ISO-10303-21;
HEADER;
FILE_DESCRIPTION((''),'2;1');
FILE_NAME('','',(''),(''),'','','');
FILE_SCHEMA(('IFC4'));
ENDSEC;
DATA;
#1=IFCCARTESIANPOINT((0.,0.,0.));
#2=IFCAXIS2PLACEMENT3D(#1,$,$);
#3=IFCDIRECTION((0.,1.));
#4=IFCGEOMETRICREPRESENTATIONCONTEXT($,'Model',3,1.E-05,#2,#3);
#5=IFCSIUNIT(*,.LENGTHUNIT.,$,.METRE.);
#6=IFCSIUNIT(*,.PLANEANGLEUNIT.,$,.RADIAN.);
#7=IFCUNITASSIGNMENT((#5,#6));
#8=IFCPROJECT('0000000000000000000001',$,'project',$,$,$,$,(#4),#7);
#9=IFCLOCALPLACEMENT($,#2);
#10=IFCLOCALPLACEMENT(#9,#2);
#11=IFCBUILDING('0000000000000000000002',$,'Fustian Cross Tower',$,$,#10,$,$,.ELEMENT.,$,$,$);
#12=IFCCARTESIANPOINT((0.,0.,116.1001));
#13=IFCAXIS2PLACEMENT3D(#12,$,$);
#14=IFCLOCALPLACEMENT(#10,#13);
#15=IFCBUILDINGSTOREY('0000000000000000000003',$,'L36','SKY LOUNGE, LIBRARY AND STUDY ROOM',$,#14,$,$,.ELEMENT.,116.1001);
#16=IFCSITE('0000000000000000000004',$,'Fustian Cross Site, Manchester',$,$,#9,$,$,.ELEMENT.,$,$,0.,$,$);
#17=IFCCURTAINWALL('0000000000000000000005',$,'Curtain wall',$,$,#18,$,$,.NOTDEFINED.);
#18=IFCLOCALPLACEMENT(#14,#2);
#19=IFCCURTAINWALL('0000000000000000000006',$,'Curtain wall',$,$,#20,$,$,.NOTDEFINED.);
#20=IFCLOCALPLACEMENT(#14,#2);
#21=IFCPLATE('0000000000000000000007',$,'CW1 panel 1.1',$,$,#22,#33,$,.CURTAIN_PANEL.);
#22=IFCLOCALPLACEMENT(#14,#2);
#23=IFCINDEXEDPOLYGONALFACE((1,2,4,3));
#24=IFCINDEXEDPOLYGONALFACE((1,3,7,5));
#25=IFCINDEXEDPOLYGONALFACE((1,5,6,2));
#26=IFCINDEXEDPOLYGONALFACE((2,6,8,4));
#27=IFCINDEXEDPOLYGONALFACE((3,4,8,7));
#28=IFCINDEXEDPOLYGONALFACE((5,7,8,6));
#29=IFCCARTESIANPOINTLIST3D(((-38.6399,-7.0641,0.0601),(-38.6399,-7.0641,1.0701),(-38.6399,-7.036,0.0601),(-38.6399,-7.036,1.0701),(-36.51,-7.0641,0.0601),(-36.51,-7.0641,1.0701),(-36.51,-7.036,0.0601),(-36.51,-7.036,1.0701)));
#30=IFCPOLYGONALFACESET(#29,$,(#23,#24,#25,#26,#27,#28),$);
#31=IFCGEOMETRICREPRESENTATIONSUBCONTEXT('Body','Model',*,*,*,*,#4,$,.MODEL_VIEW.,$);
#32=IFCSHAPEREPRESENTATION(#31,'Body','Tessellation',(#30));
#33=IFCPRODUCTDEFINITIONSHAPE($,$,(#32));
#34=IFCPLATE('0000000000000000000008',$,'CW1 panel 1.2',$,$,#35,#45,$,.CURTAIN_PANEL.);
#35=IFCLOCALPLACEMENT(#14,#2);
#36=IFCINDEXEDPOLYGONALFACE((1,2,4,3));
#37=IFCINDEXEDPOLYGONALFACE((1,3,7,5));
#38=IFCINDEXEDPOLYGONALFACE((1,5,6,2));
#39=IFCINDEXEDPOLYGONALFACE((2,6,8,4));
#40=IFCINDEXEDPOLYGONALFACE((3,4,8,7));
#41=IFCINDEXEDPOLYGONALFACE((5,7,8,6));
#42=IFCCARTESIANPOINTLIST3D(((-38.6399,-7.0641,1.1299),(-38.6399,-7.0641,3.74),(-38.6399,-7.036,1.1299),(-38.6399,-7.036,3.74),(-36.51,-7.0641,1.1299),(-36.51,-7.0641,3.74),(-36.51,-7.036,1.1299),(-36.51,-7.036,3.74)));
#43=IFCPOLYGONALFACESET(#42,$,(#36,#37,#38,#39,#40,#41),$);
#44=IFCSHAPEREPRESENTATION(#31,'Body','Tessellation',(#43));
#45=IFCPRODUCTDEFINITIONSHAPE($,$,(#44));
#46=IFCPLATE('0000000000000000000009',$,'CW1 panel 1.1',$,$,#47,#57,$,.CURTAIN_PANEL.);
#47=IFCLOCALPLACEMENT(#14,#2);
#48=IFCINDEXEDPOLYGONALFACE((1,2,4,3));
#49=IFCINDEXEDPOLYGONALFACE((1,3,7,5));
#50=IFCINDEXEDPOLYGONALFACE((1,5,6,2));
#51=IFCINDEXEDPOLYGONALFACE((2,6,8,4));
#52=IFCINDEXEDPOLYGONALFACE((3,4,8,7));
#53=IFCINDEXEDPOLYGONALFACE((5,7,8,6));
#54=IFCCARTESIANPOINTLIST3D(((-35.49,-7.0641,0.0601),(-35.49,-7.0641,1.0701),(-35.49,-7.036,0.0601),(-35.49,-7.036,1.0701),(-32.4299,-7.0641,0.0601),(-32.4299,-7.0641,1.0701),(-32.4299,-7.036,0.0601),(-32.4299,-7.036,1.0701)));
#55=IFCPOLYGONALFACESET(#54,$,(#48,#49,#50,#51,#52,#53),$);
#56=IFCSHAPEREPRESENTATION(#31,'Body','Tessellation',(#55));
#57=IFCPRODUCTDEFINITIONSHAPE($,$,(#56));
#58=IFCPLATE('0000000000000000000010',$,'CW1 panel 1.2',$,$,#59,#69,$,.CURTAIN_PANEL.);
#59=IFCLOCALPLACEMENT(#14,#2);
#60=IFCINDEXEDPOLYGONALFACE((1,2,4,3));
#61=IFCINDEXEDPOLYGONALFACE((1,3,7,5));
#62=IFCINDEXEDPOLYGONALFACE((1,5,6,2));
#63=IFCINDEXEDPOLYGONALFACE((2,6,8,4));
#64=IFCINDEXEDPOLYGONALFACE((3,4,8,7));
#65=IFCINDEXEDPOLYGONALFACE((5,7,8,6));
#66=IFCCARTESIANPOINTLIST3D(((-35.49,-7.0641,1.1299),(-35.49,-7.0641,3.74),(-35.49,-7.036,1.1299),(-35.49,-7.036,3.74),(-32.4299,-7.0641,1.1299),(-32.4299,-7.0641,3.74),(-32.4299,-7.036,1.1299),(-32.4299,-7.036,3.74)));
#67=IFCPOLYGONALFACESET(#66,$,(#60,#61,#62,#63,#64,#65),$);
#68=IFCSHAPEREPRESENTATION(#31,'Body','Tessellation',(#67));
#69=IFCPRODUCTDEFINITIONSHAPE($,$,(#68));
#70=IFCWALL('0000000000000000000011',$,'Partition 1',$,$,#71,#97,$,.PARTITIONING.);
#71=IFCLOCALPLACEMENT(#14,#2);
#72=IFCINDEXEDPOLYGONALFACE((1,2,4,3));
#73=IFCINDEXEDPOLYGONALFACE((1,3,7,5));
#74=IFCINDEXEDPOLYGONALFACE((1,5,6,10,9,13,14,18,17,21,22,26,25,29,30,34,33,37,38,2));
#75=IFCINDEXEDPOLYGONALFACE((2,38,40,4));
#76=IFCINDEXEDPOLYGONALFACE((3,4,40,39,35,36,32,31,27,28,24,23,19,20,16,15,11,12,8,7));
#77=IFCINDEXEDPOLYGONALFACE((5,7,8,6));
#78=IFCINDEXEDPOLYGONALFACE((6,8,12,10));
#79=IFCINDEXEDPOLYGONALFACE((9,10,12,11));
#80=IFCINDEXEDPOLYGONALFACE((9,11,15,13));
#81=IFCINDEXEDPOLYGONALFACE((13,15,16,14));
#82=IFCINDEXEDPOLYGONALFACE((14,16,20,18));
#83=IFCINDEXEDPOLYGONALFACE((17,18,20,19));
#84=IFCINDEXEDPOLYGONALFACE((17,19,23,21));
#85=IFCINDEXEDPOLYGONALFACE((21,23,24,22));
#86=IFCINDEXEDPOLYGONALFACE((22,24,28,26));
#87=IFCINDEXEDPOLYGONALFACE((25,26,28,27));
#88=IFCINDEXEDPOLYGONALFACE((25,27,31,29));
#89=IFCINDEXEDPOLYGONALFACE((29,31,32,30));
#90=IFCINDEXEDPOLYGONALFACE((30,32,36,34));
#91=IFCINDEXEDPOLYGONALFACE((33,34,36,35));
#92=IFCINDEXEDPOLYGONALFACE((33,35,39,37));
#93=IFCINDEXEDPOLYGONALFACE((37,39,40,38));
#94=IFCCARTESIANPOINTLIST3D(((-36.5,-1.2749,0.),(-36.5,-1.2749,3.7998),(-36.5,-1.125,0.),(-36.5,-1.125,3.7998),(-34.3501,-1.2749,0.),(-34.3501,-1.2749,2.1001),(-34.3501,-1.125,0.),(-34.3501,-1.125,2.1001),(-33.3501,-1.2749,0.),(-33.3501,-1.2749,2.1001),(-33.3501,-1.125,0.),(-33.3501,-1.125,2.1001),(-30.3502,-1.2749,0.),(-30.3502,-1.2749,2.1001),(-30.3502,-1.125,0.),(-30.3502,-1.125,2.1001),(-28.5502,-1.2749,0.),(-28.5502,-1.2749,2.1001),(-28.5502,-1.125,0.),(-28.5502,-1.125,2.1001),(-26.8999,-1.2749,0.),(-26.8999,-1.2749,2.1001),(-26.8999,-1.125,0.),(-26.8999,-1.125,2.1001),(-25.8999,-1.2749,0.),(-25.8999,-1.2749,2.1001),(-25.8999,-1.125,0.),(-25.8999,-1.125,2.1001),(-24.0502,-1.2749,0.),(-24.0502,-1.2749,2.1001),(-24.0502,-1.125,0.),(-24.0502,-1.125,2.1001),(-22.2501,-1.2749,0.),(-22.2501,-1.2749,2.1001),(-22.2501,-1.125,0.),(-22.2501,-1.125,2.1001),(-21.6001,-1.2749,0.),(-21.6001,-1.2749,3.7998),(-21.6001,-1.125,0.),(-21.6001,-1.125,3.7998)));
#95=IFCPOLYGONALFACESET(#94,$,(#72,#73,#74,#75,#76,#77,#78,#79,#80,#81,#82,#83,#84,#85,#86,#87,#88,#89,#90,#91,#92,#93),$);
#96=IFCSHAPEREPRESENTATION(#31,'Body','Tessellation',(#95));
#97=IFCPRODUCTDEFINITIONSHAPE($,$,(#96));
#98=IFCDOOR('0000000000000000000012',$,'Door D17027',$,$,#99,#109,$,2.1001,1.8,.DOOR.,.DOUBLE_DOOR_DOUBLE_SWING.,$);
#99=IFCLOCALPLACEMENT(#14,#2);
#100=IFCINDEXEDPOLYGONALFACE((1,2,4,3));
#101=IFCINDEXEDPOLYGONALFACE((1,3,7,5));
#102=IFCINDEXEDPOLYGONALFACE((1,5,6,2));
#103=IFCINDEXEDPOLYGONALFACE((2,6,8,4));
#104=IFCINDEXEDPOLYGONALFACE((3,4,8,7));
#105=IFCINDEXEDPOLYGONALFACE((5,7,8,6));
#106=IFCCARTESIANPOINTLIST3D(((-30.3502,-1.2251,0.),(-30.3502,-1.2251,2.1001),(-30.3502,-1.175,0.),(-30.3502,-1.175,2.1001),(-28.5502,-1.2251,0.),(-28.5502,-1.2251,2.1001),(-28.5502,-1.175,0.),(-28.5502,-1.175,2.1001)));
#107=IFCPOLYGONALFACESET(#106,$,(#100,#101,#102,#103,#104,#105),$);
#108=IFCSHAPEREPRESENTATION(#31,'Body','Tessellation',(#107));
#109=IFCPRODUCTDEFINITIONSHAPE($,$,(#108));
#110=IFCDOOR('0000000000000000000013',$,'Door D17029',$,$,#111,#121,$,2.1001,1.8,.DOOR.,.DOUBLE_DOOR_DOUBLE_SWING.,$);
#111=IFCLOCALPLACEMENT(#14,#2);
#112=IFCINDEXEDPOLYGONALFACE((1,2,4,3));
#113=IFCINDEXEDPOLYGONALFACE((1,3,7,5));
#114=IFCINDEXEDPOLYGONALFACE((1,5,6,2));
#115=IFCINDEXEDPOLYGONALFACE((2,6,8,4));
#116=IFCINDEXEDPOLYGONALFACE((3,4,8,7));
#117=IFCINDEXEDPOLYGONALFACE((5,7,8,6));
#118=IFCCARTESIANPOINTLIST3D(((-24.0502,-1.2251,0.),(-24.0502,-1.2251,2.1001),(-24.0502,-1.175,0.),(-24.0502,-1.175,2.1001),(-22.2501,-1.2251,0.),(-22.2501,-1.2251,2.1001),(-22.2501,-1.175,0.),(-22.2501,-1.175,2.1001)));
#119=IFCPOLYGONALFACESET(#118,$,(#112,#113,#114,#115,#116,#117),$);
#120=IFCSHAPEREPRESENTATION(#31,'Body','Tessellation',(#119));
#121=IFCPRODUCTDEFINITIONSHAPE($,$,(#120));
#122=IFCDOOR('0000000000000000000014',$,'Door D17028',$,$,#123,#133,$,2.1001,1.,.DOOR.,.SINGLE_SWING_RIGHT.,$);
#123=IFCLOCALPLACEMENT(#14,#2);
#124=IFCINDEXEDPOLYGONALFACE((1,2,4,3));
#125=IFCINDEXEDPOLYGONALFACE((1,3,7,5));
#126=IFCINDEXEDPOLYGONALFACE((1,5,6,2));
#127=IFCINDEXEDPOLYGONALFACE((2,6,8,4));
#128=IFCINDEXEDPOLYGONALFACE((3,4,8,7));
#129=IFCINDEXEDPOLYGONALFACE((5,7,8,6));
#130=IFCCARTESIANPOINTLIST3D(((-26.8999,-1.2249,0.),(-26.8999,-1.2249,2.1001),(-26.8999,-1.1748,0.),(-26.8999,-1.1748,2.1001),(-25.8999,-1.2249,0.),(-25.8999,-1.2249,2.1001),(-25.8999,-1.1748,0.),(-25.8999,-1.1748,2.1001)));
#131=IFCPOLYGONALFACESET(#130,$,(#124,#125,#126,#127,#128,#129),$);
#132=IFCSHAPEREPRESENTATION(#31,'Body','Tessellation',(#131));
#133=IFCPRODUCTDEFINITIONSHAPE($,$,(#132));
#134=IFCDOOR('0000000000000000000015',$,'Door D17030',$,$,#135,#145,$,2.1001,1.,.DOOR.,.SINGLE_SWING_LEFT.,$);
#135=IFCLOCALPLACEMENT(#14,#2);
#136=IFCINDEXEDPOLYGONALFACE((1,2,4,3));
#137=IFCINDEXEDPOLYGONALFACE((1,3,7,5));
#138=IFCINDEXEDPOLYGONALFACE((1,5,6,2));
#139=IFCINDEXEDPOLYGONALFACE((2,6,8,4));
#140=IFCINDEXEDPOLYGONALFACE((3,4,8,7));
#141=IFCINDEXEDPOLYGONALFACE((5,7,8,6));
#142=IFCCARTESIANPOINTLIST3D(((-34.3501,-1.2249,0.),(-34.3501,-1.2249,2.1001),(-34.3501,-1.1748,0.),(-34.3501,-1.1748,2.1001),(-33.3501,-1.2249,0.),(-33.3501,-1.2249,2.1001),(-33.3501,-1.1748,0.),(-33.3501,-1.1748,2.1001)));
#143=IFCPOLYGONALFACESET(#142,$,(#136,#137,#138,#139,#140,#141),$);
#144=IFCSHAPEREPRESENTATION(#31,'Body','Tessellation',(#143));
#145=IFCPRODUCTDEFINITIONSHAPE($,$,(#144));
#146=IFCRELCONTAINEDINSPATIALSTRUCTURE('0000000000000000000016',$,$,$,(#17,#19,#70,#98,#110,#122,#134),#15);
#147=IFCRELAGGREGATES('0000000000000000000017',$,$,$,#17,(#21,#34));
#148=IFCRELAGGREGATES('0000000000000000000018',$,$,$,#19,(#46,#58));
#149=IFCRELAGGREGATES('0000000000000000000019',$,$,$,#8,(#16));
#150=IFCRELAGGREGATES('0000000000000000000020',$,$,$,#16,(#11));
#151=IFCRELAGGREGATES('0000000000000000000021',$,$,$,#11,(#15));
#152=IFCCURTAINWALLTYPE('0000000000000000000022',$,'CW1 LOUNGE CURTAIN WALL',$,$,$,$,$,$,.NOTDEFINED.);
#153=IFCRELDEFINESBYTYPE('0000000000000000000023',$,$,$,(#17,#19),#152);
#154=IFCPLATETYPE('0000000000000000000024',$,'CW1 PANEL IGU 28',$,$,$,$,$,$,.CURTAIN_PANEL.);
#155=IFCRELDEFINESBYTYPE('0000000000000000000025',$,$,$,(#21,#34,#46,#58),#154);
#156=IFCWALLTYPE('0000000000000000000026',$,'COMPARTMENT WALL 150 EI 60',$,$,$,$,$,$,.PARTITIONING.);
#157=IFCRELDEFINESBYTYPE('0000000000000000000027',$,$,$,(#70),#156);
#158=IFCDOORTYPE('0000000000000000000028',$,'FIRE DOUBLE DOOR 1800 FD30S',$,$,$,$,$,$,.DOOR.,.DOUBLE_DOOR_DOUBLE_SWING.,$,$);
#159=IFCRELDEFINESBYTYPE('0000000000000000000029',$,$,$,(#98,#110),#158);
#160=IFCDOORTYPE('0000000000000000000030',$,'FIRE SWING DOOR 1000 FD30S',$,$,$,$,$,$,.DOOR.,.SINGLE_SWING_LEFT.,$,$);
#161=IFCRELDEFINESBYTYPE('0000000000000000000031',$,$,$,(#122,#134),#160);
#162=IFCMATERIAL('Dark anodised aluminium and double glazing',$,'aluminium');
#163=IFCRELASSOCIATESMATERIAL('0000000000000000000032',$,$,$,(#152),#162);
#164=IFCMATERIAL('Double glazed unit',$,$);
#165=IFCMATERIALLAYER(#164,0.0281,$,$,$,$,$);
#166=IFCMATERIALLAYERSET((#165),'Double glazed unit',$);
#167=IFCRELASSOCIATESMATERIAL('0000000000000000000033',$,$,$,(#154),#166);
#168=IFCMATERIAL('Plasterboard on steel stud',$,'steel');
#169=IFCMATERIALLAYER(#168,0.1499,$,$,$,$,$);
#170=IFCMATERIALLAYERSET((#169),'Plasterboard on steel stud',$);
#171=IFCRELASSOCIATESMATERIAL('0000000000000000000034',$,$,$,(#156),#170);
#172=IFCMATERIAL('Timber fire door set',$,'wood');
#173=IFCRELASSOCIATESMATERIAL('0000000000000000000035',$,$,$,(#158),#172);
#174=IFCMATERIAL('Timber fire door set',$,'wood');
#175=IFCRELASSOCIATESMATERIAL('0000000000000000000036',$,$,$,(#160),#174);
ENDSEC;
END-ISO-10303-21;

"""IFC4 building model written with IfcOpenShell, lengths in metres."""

from ifc_helpers import new_model, si_unit, direction, frame, frame_2d, origin, origin_2d, place, context, subcontext, project, spatial, rectangle, extrude, material, layer, layer_set, type_object, element, fill, aggregate, save


model = new_model("IFC4")

# Units and contexts
model_context = context("Model", 3, precision=1e-05, world=origin(), true_north=direction((0.0, 1.0)))
body_context = subcontext(model_context, "Body", "Model", "MODEL_VIEW")
ifc_project = project(units=[si_unit("LENGTHUNIT", "METRE"), si_unit("PLANEANGLEUNIT", "RADIAN")], contexts=[model_context])

# Site, building, storey
site_placement = place(None, origin())
site = spatial("IfcSite", under=ifc_project, at=site_placement, Name="Fustian Cross Site, Manchester", CompositionType="ELEMENT", RefElevation=0.0)
building_placement = place(site_placement, origin())
building = spatial("IfcBuilding", under=site, at=building_placement, Name="Fustian Cross Tower", CompositionType="ELEMENT")
storey_placement = place(building_placement, frame((0.0, 0.0, 116.1001)))
storey = spatial("IfcBuildingStorey", under=building, at=storey_placement, Name="L36", Description="SKY LOUNGE, LIBRARY AND STUDY ROOM", CompositionType="ELEMENT", Elevation=116.1001)

# Shared definitions
ifc_material_1 = material(Name="Dark anodised aluminium and double glazing", Category="aluminium")
curtain_wall_type = type_object("IfcCurtainWallType", Name="CW1 LOUNGE CURTAIN WALL", PredefinedType="NOTDEFINED", material=ifc_material_1)

# Curtain wall
curtain_wall_1_placement = place(storey_placement, origin())
curtain_wall_1 = element("IfcCurtainWall", 1, at=curtain_wall_1_placement, inside=storey, type_object=curtain_wall_type, Name="Curtain wall", PredefinedType="NOTDEFINED")

# Curtain wall
curtain_wall_2_placement = place(storey_placement, origin())
curtain_wall_2 = element("IfcCurtainWall", 2, at=curtain_wall_2_placement, inside=storey, type_object=curtain_wall_type, Name="Curtain wall", PredefinedType="NOTDEFINED")

# Plates
ifc_material_2 = material(Name="Double glazed unit")
ifc_layer_1 = layer(ifc_material_2, 0.0281)
ifc_layer_set_1 = layer_set([ifc_layer_1], Name="Double glazed unit")
plate_type = type_object("IfcPlateType", Name="CW1 PANEL IGU 28", PredefinedType="CURTAIN_PANEL", material=ifc_layer_set_1)
plate_1_placement = place(storey_placement, frame((-37.575, -7.05, 0.0601), z_axis=(0.0, 0.0, 1.0), x_axis=(1.0, 0.0, 0.0)))
plate_1 = element("IfcPlate", 3, at=plate_1_placement, type_object=plate_type, Name="CW1 panel 1.1", PredefinedType="CURTAIN_PANEL", context=body_context, shape_type="SweptSolid", body=[
    extrude(rectangle(XDim=2.1299, YDim=0.0281, at=origin_2d()), origin(), (0.0, 0.0, 1.0), 1.01),
])
plate_2_placement = place(storey_placement, frame((-37.575, -7.05, 1.1299), z_axis=(0.0, 0.0, 1.0), x_axis=(1.0, 0.0, 0.0)))
plate_2 = element("IfcPlate", 4, at=plate_2_placement, type_object=plate_type, Name="CW1 panel 1.2", PredefinedType="CURTAIN_PANEL", context=body_context, shape_type="SweptSolid", body=[
    extrude(rectangle(XDim=2.1299, YDim=0.0281, at=origin_2d()), origin(), (0.0, 0.0, 1.0), 2.6101),
])
aggregate(curtain_wall_1, [plate_1, plate_2])
plate_3_placement = place(storey_placement, frame((-33.96, -7.05, 0.0601), z_axis=(0.0, 0.0, 1.0), x_axis=(1.0, 0.0, 0.0)))
plate_3 = element("IfcPlate", 5, at=plate_3_placement, type_object=plate_type, Name="CW1 panel 1.1", PredefinedType="CURTAIN_PANEL", context=body_context, shape_type="SweptSolid", body=[
    extrude(rectangle(XDim=3.0601, YDim=0.0281, at=origin_2d()), origin(), (0.0, 0.0, 1.0), 1.01),
])
plate_4_placement = place(storey_placement, frame((-33.96, -7.05, 1.1299), z_axis=(0.0, 0.0, 1.0), x_axis=(1.0, 0.0, 0.0)))
plate_4 = element("IfcPlate", 6, at=plate_4_placement, type_object=plate_type, Name="CW1 panel 1.2", PredefinedType="CURTAIN_PANEL", context=body_context, shape_type="SweptSolid", body=[
    extrude(rectangle(XDim=3.0601, YDim=0.0281, at=origin_2d()), origin(), (0.0, 0.0, 1.0), 2.6101),
])
aggregate(curtain_wall_2, [plate_3, plate_4])

# Wall, openings, doors
ifc_material_3 = material(Name="Plasterboard on steel stud", Category="steel")
ifc_layer_2 = layer(ifc_material_3, 0.1499)
ifc_layer_set_2 = layer_set([ifc_layer_2], Name="Plasterboard on steel stud")
wall_type_1 = type_object("IfcWallType", Name="COMPARTMENT WALL 150 EI 60", PredefinedType="PARTITIONING", material=ifc_layer_set_2)
wall_1_placement = place(storey_placement, frame((-36.5, -1.2, 0.0), z_axis=(0.0, 0.0, 1.0), x_axis=(1.0, 0.0, 0.0)))
wall_1 = element("IfcWall", 7, at=wall_1_placement, inside=storey, type_object=wall_type_1, Name="Partition 1", PredefinedType="PARTITIONING", context=body_context, shape_type="SweptSolid", body=[
    extrude(rectangle(XDim=14.8999, YDim=0.1499, at=frame_2d((7.45, 0.0))), origin(), (0.0, 0.0, 1.0), 3.7998),
])
opening_1_placement = place(wall_1_placement, frame((6.1499, 0.0, 0.0)))
opening_1 = element("IfcOpeningElement", 8, at=opening_1_placement, cuts=wall_1, PredefinedType="OPENING", context=body_context, shape_type="SweptSolid", body=[
    extrude(rectangle(XDim=1.8, YDim=2.1001, at=frame_2d((0.8999, 1.05))), frame((0.0, 0.085, 0.0), z_axis=(0.0, -1.0, 0.0), x_axis=(1.0, 0.0, 0.0)), (0.0, 0.0, 1.0), 0.1699),
])
opening_2_placement = place(wall_1_placement, frame((9.6001, 0.0, 0.0)))
opening_2 = element("IfcOpeningElement", 9, at=opening_2_placement, cuts=wall_1, PredefinedType="OPENING", context=body_context, shape_type="SweptSolid", body=[
    extrude(rectangle(XDim=1.0, YDim=2.1001, at=frame_2d((0.5, 1.05))), frame((0.0, 0.085, 0.0), z_axis=(0.0, -1.0, 0.0), x_axis=(1.0, 0.0, 0.0)), (0.0, 0.0, 1.0), 0.1699),
])
opening_3_placement = place(wall_1_placement, frame((12.45, 0.0, 0.0)))
opening_3 = element("IfcOpeningElement", 10, at=opening_3_placement, cuts=wall_1, PredefinedType="OPENING", context=body_context, shape_type="SweptSolid", body=[
    extrude(rectangle(XDim=1.8, YDim=2.1001, at=frame_2d((0.8999, 1.05))), frame((0.0, 0.085, 0.0), z_axis=(0.0, -1.0, 0.0), x_axis=(1.0, 0.0, 0.0)), (0.0, 0.0, 1.0), 0.1699),
])
opening_4_placement = place(wall_1_placement, frame((2.1499, 0.0, 0.0)))
opening_4 = element("IfcOpeningElement", 11, at=opening_4_placement, cuts=wall_1, PredefinedType="OPENING", context=body_context, shape_type="SweptSolid", body=[
    extrude(rectangle(XDim=1.0, YDim=2.1001, at=frame_2d((0.5, 1.05))), frame((0.0, 0.085, 0.0), z_axis=(0.0, -1.0, 0.0), x_axis=(1.0, 0.0, 0.0)), (0.0, 0.0, 1.0), 0.1699),
])
ifc_material_4 = material(Name="Timber fire door set", Category="wood")
door_type_1 = type_object("IfcDoorType", Name="FIRE DOUBLE DOOR 1800 FD30S", OperationType="DOUBLE_DOOR_DOUBLE_SWING", PredefinedType="DOOR", material=ifc_material_4)
door_1_placement = place(opening_1_placement, origin())
door_1 = element("IfcDoor", 12, at=door_1_placement, inside=storey, type_object=door_type_1, Name="Door D17027", OperationType="DOUBLE_DOOR_DOUBLE_SWING", OverallHeight=2.1001, OverallWidth=1.8, PredefinedType="DOOR", context=body_context, shape_type="SweptSolid", body=[
    extrude(rectangle(XDim=1.8, YDim=2.1001, at=frame_2d((0.8999, 1.05))), frame((0.0, 0.0249, 0.0), z_axis=(0.0, -1.0, 0.0), x_axis=(1.0, 0.0, 0.0)), (0.0, 0.0, 1.0), 0.05),
])
fill(opening_1, door_1)
door_2_placement = place(opening_3_placement, origin())
door_2 = element("IfcDoor", 13, at=door_2_placement, inside=storey, type_object=door_type_1, Name="Door D17029", OperationType="DOUBLE_DOOR_DOUBLE_SWING", OverallHeight=2.1001, OverallWidth=1.8, PredefinedType="DOOR", context=body_context, shape_type="SweptSolid", body=[
    extrude(rectangle(XDim=1.8, YDim=2.1001, at=frame_2d((0.8999, 1.05))), frame((0.0, 0.0249, 0.0), z_axis=(0.0, -1.0, 0.0), x_axis=(1.0, 0.0, 0.0)), (0.0, 0.0, 1.0), 0.05),
])
fill(opening_3, door_2)
ifc_material_5 = material(Name="Timber fire door set", Category="wood")
door_type_2 = type_object("IfcDoorType", Name="FIRE SWING DOOR 1000 FD30S", OperationType="SINGLE_SWING_LEFT", PredefinedType="DOOR", material=ifc_material_5)
door_3_placement = place(opening_2_placement, frame((1.0, 0.0, 0.0), z_axis=(0.0, 0.0, 1.0), x_axis=(-1.0, 0.0, 0.0)))
door_3 = element("IfcDoor", 14, at=door_3_placement, inside=storey, type_object=door_type_2, Name="Door D17028", OperationType="SINGLE_SWING_RIGHT", OverallHeight=2.1001, OverallWidth=1.0, PredefinedType="DOOR", context=body_context, shape_type="SweptSolid", body=[
    extrude(rectangle(XDim=1.0, YDim=2.1001, at=frame_2d((0.5, 1.05))), frame((0.0, 0.0249, 0.0), z_axis=(0.0, -1.0, 0.0), x_axis=(1.0, 0.0, 0.0)), (0.0, 0.0, 1.0), 0.05),
])
fill(opening_2, door_3)
door_4_placement = place(opening_4_placement, frame((1.0, 0.0, 0.0), z_axis=(0.0, 0.0, 1.0), x_axis=(-1.0, 0.0, 0.0)))
door_4 = element("IfcDoor", 15, at=door_4_placement, inside=storey, type_object=door_type_2, Name="Door D17030", OperationType="SINGLE_SWING_LEFT", OverallHeight=2.1001, OverallWidth=1.0, PredefinedType="DOOR", context=body_context, shape_type="SweptSolid", body=[
    extrude(rectangle(XDim=1.0, YDim=2.1001, at=frame_2d((0.5, 1.05))), frame((0.0, 0.0249, 0.0), z_axis=(0.0, -1.0, 0.0), x_axis=(1.0, 0.0, 0.0)), (0.0, 0.0, 1.0), 0.05),
])
fill(opening_4, door_4)

save(model, "model.ifc")
